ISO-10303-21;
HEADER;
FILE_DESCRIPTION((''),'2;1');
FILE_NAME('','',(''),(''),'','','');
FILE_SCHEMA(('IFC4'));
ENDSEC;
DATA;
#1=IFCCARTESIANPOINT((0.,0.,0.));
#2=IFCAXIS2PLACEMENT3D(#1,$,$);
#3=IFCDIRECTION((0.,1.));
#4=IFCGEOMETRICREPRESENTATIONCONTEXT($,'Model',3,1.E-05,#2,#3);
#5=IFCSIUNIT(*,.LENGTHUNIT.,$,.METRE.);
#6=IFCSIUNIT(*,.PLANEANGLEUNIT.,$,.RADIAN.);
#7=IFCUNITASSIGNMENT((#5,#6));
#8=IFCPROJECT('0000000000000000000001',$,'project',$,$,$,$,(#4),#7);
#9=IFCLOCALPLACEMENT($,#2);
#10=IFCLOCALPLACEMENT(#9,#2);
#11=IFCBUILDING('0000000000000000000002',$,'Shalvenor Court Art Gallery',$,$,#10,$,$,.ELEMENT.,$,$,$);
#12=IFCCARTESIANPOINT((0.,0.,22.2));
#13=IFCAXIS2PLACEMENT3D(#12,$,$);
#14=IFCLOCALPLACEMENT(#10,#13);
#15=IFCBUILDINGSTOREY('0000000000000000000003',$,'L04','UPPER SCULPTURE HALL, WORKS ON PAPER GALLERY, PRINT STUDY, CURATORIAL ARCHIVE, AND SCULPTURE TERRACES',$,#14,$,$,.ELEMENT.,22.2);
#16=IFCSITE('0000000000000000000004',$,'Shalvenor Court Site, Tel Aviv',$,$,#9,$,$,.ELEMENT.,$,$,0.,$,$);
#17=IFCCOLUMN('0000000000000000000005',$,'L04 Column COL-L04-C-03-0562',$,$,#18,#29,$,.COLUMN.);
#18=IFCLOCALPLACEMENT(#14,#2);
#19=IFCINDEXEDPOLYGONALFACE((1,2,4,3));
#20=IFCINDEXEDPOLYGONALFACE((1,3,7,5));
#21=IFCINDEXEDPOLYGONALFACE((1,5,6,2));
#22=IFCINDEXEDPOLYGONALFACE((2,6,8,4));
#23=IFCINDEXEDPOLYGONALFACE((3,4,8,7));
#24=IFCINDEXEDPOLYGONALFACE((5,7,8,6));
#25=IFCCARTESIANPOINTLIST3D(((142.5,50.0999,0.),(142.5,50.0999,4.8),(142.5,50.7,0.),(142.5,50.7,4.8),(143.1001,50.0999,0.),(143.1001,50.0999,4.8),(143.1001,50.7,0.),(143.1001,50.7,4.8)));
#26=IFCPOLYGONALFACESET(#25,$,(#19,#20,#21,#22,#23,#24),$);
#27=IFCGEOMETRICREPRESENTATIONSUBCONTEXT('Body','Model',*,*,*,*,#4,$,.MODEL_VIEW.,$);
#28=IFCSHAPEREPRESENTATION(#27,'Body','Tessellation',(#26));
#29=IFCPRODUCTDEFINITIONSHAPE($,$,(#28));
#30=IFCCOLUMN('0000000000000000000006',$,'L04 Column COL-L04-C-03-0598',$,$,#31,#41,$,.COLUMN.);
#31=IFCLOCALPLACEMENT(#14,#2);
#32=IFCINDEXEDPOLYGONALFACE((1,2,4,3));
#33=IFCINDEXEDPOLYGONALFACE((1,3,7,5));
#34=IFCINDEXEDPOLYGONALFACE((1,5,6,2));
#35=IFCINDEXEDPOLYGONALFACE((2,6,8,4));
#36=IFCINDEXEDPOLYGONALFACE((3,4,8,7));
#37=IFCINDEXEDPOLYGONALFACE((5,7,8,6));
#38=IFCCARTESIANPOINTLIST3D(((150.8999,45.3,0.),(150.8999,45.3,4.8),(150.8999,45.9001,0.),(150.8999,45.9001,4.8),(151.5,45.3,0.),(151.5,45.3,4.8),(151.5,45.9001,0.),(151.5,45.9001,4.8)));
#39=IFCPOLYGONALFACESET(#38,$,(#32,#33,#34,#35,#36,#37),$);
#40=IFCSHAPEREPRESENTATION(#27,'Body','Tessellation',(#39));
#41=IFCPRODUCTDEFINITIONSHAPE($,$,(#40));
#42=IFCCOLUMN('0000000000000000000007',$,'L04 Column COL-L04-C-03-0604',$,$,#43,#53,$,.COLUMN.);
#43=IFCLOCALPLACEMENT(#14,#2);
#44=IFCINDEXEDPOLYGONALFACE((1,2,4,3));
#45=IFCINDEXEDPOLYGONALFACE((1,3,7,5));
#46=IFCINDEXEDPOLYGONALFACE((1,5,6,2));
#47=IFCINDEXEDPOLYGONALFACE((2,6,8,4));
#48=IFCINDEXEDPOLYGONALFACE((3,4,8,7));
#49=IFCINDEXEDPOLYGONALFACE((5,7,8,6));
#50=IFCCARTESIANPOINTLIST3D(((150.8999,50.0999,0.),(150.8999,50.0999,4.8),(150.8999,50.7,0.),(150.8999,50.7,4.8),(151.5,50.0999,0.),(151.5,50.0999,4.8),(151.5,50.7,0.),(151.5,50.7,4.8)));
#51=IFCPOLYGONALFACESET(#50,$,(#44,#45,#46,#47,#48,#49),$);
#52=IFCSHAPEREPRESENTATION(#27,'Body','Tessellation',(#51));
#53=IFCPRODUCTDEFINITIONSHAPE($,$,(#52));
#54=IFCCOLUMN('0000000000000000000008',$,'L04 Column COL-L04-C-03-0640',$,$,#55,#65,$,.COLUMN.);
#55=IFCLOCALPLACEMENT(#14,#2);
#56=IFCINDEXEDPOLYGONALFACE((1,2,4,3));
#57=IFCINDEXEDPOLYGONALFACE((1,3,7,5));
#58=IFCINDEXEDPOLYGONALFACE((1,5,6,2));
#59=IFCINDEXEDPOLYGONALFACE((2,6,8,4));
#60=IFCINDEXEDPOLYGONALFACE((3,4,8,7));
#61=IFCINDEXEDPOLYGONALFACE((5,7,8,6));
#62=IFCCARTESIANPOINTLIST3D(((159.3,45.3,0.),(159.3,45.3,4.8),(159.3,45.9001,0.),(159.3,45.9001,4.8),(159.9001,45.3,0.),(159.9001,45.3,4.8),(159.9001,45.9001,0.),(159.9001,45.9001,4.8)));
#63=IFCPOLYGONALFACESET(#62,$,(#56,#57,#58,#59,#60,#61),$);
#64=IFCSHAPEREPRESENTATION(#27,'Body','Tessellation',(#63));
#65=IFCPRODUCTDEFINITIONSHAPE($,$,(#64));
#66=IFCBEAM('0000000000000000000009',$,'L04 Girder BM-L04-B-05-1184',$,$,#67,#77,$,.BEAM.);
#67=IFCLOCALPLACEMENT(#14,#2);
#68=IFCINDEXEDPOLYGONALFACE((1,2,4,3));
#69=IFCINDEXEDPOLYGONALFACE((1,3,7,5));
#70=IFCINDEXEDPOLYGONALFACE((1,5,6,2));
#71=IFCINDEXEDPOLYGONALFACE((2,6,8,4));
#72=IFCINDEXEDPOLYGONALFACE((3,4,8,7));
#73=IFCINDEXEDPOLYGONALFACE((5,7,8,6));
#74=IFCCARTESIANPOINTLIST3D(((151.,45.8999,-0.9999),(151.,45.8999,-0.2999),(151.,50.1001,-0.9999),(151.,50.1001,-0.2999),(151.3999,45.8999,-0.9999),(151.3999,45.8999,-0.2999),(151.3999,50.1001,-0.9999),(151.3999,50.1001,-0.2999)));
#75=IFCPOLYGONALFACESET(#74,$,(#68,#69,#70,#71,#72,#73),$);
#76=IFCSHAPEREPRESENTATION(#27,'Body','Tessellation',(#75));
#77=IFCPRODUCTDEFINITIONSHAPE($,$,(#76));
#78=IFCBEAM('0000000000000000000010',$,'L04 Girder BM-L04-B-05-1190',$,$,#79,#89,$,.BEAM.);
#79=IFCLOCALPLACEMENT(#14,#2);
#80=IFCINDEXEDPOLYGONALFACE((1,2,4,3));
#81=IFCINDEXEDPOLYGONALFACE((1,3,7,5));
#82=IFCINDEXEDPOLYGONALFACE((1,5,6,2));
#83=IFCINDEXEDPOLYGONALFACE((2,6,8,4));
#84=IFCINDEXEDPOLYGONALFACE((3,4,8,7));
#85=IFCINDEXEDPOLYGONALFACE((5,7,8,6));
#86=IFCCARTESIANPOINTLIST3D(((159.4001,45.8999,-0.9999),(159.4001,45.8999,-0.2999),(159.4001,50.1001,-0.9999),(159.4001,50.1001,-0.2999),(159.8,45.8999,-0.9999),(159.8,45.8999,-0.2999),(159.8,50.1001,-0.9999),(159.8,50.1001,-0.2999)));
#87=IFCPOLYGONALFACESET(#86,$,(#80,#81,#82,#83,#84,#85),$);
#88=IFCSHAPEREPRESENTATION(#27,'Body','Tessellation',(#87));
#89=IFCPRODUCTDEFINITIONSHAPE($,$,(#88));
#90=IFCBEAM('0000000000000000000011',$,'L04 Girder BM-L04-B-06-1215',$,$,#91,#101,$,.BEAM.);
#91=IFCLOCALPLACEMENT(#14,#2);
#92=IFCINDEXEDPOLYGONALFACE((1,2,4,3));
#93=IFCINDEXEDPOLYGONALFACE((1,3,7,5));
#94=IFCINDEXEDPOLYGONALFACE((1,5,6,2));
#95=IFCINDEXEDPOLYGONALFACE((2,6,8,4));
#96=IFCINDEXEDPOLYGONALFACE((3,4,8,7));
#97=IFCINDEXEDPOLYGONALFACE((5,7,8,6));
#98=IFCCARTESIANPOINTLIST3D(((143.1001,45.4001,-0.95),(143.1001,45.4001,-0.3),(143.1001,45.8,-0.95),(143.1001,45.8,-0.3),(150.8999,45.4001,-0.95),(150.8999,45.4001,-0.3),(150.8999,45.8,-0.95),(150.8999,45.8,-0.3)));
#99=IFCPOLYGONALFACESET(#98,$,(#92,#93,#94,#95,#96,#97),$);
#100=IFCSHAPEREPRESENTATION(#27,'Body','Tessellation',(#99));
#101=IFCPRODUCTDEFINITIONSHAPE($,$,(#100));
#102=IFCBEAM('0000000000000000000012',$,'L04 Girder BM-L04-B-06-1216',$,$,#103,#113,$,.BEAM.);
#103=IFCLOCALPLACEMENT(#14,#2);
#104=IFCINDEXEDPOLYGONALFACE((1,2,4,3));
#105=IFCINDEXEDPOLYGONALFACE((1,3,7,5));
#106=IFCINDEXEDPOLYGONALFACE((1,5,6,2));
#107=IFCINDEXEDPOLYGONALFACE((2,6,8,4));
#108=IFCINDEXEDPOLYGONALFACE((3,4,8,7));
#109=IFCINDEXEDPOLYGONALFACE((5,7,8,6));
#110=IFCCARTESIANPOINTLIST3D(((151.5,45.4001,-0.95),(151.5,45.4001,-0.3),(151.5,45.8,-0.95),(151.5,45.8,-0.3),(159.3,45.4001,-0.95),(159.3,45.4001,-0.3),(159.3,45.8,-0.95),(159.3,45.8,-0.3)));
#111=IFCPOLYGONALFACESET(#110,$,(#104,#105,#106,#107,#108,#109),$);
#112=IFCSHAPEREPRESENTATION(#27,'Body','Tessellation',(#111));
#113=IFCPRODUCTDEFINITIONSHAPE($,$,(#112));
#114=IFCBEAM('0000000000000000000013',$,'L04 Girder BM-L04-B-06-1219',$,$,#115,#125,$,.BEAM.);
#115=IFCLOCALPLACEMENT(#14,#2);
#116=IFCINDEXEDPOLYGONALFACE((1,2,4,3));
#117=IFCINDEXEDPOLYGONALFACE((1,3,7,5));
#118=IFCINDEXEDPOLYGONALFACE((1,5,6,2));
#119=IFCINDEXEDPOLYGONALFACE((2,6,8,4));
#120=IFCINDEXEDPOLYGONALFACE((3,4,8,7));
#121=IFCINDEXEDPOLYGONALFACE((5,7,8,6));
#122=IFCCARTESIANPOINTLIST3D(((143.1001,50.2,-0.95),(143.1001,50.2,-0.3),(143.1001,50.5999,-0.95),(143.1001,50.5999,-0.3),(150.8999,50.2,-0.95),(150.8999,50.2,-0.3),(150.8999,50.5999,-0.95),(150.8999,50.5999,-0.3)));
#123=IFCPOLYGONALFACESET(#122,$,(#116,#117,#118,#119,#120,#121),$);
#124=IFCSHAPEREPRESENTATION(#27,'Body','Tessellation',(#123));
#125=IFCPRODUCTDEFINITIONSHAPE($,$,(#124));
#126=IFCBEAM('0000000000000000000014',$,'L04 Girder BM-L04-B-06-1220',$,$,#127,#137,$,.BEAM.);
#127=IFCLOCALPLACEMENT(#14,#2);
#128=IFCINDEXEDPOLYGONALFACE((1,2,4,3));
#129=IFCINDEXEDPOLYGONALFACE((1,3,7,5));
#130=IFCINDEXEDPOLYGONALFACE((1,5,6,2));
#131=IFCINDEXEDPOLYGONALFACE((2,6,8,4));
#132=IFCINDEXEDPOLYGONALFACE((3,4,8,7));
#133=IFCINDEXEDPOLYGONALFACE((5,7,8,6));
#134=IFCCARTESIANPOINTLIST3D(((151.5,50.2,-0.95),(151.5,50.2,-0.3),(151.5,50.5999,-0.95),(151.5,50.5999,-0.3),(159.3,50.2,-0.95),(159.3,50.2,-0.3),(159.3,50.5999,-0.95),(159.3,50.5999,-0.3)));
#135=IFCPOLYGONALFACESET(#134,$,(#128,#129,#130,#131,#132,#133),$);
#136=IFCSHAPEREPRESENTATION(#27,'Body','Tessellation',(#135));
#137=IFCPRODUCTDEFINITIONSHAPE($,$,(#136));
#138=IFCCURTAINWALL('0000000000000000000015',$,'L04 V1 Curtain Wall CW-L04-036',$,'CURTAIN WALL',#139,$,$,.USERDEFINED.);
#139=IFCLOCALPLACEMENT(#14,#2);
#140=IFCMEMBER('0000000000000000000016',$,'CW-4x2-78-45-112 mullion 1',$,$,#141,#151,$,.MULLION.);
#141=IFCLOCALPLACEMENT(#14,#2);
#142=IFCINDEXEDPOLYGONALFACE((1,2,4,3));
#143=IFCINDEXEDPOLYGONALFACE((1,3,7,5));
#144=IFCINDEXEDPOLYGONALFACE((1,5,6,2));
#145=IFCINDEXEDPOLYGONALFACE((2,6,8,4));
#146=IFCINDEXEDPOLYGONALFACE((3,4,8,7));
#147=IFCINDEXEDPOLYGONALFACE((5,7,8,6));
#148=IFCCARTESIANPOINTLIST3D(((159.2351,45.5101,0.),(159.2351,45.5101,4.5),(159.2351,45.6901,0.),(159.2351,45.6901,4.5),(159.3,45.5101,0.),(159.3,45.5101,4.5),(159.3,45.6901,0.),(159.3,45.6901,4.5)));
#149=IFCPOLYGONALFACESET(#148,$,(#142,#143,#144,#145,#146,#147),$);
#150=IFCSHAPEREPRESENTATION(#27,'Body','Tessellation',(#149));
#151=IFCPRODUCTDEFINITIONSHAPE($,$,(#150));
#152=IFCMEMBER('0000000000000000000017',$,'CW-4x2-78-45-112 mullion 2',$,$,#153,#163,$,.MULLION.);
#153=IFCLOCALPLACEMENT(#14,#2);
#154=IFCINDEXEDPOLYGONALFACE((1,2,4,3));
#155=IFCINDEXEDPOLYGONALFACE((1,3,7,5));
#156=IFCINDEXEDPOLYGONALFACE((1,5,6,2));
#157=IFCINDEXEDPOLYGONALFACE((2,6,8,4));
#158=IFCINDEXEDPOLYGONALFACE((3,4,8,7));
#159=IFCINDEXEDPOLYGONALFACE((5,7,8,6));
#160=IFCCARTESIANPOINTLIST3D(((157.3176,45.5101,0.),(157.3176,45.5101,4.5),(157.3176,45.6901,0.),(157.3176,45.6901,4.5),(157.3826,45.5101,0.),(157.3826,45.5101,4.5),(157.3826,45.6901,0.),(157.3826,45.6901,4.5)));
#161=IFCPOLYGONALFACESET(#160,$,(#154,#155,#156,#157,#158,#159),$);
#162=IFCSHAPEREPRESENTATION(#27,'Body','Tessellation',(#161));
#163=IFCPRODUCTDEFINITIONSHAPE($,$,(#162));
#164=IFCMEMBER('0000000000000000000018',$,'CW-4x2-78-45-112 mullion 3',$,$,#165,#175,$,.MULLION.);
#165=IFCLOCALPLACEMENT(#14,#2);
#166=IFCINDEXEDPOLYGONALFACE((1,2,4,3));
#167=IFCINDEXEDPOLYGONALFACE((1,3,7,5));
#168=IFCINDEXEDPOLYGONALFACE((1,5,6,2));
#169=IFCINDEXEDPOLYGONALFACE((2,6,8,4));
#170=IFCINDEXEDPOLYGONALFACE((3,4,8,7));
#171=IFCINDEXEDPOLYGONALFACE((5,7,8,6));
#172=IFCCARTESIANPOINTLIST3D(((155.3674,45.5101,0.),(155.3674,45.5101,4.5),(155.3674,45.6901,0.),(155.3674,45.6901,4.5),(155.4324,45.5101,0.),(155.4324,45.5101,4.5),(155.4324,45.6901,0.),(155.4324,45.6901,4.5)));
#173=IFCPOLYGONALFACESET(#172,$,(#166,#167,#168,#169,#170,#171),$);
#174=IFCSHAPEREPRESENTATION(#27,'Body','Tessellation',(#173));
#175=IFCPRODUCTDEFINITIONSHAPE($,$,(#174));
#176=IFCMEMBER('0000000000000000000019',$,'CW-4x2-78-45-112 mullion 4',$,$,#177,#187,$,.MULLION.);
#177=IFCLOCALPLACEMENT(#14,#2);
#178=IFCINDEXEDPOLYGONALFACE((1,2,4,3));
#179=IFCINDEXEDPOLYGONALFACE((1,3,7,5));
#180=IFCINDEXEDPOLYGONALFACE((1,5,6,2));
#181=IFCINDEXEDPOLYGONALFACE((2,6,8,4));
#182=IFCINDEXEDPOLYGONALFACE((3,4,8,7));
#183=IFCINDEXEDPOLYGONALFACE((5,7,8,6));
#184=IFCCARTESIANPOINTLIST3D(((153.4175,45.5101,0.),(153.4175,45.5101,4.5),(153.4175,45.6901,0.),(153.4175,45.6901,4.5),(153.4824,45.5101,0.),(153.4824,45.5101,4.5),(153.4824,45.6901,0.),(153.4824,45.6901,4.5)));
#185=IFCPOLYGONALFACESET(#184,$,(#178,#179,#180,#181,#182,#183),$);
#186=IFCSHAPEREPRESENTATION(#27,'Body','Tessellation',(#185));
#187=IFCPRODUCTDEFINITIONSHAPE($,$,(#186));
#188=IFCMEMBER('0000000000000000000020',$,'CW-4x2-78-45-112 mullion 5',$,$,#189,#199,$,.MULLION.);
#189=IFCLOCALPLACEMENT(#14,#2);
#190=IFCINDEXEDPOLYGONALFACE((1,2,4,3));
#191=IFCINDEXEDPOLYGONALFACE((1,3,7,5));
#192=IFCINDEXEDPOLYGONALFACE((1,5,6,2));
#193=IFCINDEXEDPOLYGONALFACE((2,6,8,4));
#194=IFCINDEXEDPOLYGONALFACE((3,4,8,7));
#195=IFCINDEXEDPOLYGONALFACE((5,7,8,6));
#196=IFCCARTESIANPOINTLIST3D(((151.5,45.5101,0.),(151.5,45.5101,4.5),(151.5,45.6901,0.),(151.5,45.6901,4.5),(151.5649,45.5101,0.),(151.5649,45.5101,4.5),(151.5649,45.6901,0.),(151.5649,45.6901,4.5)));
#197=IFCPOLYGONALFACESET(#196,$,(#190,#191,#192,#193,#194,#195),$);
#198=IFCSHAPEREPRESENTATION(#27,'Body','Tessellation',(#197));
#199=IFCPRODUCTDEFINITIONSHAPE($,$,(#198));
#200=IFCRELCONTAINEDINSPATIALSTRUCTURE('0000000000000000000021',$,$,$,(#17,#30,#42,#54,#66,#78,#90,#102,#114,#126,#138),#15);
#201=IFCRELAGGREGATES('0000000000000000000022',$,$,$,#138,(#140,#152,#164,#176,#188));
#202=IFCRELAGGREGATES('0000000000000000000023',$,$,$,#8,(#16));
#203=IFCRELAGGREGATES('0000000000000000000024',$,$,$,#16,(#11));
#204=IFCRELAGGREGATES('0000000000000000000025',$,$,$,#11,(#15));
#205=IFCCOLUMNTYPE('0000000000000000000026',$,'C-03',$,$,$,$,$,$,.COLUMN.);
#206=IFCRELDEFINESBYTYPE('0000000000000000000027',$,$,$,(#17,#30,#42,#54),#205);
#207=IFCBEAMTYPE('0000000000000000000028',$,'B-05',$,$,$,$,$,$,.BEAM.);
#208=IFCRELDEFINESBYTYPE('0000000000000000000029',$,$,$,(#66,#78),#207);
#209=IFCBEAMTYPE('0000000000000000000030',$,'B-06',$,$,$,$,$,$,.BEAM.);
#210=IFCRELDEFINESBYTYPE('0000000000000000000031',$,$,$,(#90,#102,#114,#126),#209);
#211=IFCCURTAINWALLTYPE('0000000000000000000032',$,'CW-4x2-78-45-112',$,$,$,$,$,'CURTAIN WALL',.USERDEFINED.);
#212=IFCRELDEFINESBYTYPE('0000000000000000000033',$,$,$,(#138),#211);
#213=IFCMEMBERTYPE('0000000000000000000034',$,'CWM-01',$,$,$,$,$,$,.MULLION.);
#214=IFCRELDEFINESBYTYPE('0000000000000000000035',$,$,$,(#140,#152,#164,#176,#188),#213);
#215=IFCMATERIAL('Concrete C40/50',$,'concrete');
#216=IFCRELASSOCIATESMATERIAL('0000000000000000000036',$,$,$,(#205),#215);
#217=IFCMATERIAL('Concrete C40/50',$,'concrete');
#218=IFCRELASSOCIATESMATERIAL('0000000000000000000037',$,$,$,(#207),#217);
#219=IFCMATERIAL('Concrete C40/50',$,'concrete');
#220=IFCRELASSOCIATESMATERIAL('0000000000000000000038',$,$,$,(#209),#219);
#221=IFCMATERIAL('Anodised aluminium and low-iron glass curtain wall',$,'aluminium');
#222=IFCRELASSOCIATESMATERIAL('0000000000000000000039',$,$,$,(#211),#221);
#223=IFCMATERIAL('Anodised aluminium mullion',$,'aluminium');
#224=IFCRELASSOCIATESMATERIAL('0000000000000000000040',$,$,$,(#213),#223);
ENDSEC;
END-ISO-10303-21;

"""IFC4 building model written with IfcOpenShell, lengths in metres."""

from ifc_helpers import new_model, si_unit, direction, frame, origin, origin_2d, place, context, subcontext, project, spatial, rectangle, extrude, material, material_profile, profile_set, type_object, element, aggregate, save


model = new_model("IFC4")

# Units and contexts
model_context = context("Model", 3, precision=1e-05, world=origin(), true_north=direction((0.0, 1.0)))
body_context = subcontext(model_context, "Body", "Model", "MODEL_VIEW")
ifc_project = project(units=[si_unit("LENGTHUNIT", "METRE"), si_unit("PLANEANGLEUNIT", "RADIAN")], contexts=[model_context])

# Site, building, storey
site_placement = place(None, origin())
site = spatial("IfcSite", under=ifc_project, at=site_placement, Name="Shalvenor Court Site, Tel Aviv", CompositionType="ELEMENT", RefElevation=0.0)
building_placement = place(site_placement, origin())
building = spatial("IfcBuilding", under=site, at=building_placement, Name="Shalvenor Court Art Gallery", CompositionType="ELEMENT")
storey_placement = place(building_placement, frame((0.0, 0.0, 22.2)))
storey = spatial("IfcBuildingStorey", under=building, at=storey_placement, Name="L04", Description="UPPER SCULPTURE HALL, WORKS ON PAPER GALLERY, PRINT STUDY, CURATORIAL ARCHIVE, AND SCULPTURE TERRACES", CompositionType="ELEMENT", Elevation=22.2)

# Columns
ifc_material_1 = material(Name="Concrete C40/50", Category="concrete")
ifc_material_profile_1 = material_profile(ifc_material_1, rectangle(XDim=0.6001, YDim=0.6001, at=origin_2d()), Name="RC 600x600")
ifc_profile_set_1 = profile_set([ifc_material_profile_1], Name="Concrete C40/50")
column_type = type_object("IfcColumnType", Name="C-03", PredefinedType="COLUMN", material=ifc_profile_set_1)
for number, where, z_axis, x_axis, name in (
    (1, (142.8, 50.3999, 0.0), (0.0, 0.0, 1.0), (1.0, 0.0, 0.0), "L04 Column COL-L04-C-03-0562"),
    (2, (151.2, 45.6001, 0.0), (0.0, 0.0, 1.0), (1.0, 0.0, 0.0), "L04 Column COL-L04-C-03-0598"),
    (3, (151.2, 50.3999, 0.0), (0.0, 0.0, 1.0), (1.0, 0.0, 0.0), "L04 Column COL-L04-C-03-0604"),
    (4, (159.6001, 45.6001, 0.0), (0.0, 0.0, 1.0), (1.0, 0.0, 0.0), "L04 Column COL-L04-C-03-0640"),
):
    element("IfcColumn", number, at=place(storey_placement, frame(where, z_axis=z_axis, x_axis=x_axis)), inside=storey, type_object=column_type, Name=name, PredefinedType="COLUMN", context=body_context, shape_type="SweptSolid", body=[
        extrude(rectangle(XDim=0.6001, YDim=0.6001, at=origin_2d()), origin(), (0.0, 0.0, 1.0), 4.8),
    ])

# Beams
ifc_material_2 = material(Name="Concrete C40/50", Category="concrete")
ifc_material_profile_2 = material_profile(ifc_material_2, rectangle(XDim=0.3999, YDim=0.7, at=origin_2d()), Name="RC 400x700")
ifc_profile_set_2 = profile_set([ifc_material_profile_2], Name="Concrete C40/50")
beam_type_1 = type_object("IfcBeamType", Name="B-05", PredefinedType="BEAM", material=ifc_profile_set_2)
for number, where, z_axis, x_axis, name in (
    (5, (151.2, 45.8999, -0.6499), (0.0, 1.0, 0.0), (-1.0, 0.0, 0.0), "L04 Girder BM-L04-B-05-1184"),
    (6, (159.6001, 45.8999, -0.6499), (0.0, 1.0, 0.0), (-1.0, 0.0, 0.0), "L04 Girder BM-L04-B-05-1190"),
):
    element("IfcBeam", number, at=place(storey_placement, frame(where, z_axis=z_axis, x_axis=x_axis)), inside=storey, type_object=beam_type_1, Name=name, PredefinedType="BEAM", context=body_context, shape_type="SweptSolid", body=[
        extrude(rectangle(XDim=0.3999, YDim=0.7, at=origin_2d()), origin(), (0.0, 0.0, 1.0), 4.2002),
    ])
ifc_material_3 = material(Name="Concrete C40/50", Category="concrete")
ifc_material_profile_3 = material_profile(ifc_material_3, rectangle(XDim=0.3999, YDim=0.6499, at=origin_2d()), Name="RC 400x650")
ifc_profile_set_3 = profile_set([ifc_material_profile_3], Name="Concrete C40/50")
beam_type_2 = type_object("IfcBeamType", Name="B-06", PredefinedType="BEAM", material=ifc_profile_set_3)
beam_1_placement = place(storey_placement, frame((143.1001, 45.6001, -0.625), z_axis=(1.0, 0.0, 0.0), x_axis=(0.0, 1.0, 0.0)))
element("IfcBeam", 7, at=beam_1_placement, inside=storey, type_object=beam_type_2, Name="L04 Girder BM-L04-B-06-1215", PredefinedType="BEAM", context=body_context, shape_type="SweptSolid", body=[
    extrude(rectangle(XDim=0.3999, YDim=0.6499, at=origin_2d()), origin(), (0.0, 0.0, 1.0), 7.7998),
])
beam_2_placement = place(storey_placement, frame((151.5, 45.6001, -0.625), z_axis=(1.0, 0.0, 0.0), x_axis=(0.0, 1.0, 0.0)))
element("IfcBeam", 8, at=beam_2_placement, inside=storey, type_object=beam_type_2, Name="L04 Girder BM-L04-B-06-1216", PredefinedType="BEAM", context=body_context, shape_type="SweptSolid", body=[
    extrude(rectangle(XDim=0.3999, YDim=0.6499, at=origin_2d()), origin(), (0.0, 0.0, 1.0), 7.8),
])
beam_3_placement = place(storey_placement, frame((143.1001, 50.3999, -0.625), z_axis=(1.0, 0.0, 0.0), x_axis=(0.0, 1.0, 0.0)))
element("IfcBeam", 9, at=beam_3_placement, inside=storey, type_object=beam_type_2, Name="L04 Girder BM-L04-B-06-1219", PredefinedType="BEAM", context=body_context, shape_type="SweptSolid", body=[
    extrude(rectangle(XDim=0.3999, YDim=0.6499, at=origin_2d()), origin(), (0.0, 0.0, 1.0), 7.7998),
])
beam_4_placement = place(storey_placement, frame((151.5, 50.3999, -0.625), z_axis=(1.0, 0.0, 0.0), x_axis=(0.0, 1.0, 0.0)))
element("IfcBeam", 10, at=beam_4_placement, inside=storey, type_object=beam_type_2, Name="L04 Girder BM-L04-B-06-1220", PredefinedType="BEAM", context=body_context, shape_type="SweptSolid", body=[
    extrude(rectangle(XDim=0.3999, YDim=0.6499, at=origin_2d()), origin(), (0.0, 0.0, 1.0), 7.8),
])

# Curtain wall, members
ifc_material_4 = material(Name="Anodised aluminium and low-iron glass curtain wall", Category="aluminium")
curtain_wall_type = type_object("IfcCurtainWallType", Name="CW-4x2-78-45-112", ElementType="CURTAIN WALL", PredefinedType="USERDEFINED", material=ifc_material_4)
curtain_wall_placement = place(storey_placement, origin())
curtain_wall = element("IfcCurtainWall", 11, at=curtain_wall_placement, inside=storey, type_object=curtain_wall_type, Name="L04 V1 Curtain Wall CW-L04-036", ObjectType="CURTAIN WALL", PredefinedType="USERDEFINED")
ifc_material_5 = material(Name="Anodised aluminium mullion", Category="aluminium")
ifc_material_profile_4 = material_profile(ifc_material_5, rectangle(XDim=0.0649, YDim=0.1799, at=origin_2d()), Name="CWM-01")
ifc_profile_set_4 = profile_set([ifc_material_profile_4], Name="Anodised aluminium mullion")
member_type_1 = type_object("IfcMemberType", Name="CWM-01", PredefinedType="MULLION", material=ifc_profile_set_4)
member_1_placement = place(storey_placement, frame((159.2676, 45.6001, 0.0), z_axis=(0.0, 0.0, 1.0), x_axis=(-1.0, 0.0, 0.0)))
member_1 = element("IfcMember", 12, at=member_1_placement, type_object=member_type_1, Name="CW-4x2-78-45-112 mullion 1", PredefinedType="MULLION", context=body_context, shape_type="SweptSolid", body=[
    extrude(rectangle(XDim=0.0649, YDim=0.1799, at=origin_2d()), origin(), (0.0, 0.0, 1.0), 4.5),
])
member_2_placement = place(storey_placement, frame((157.3501, 45.6001, 0.0), z_axis=(0.0, 0.0, 1.0), x_axis=(-1.0, 0.0, 0.0)))
member_2 = element("IfcMember", 13, at=member_2_placement, type_object=member_type_1, Name="CW-4x2-78-45-112 mullion 2", PredefinedType="MULLION", context=body_context, shape_type="SweptSolid", body=[
    extrude(rectangle(XDim=0.0649, YDim=0.1799, at=origin_2d()), origin(), (0.0, 0.0, 1.0), 4.5),
])
member_3_placement = place(storey_placement, frame((155.3999, 45.6001, 0.0), z_axis=(0.0, 0.0, 1.0), x_axis=(-1.0, 0.0, 0.0)))
member_3 = element("IfcMember", 14, at=member_3_placement, type_object=member_type_1, Name="CW-4x2-78-45-112 mullion 3", PredefinedType="MULLION", context=body_context, shape_type="SweptSolid", body=[
    extrude(rectangle(XDim=0.0649, YDim=0.1799, at=origin_2d()), origin(), (0.0, 0.0, 1.0), 4.5),
])
member_4_placement = place(storey_placement, frame((153.45, 45.6001, 0.0), z_axis=(0.0, 0.0, 1.0), x_axis=(-1.0, 0.0, 0.0)))
member_4 = element("IfcMember", 15, at=member_4_placement, type_object=member_type_1, Name="CW-4x2-78-45-112 mullion 4", PredefinedType="MULLION", context=body_context, shape_type="SweptSolid", body=[
    extrude(rectangle(XDim=0.0649, YDim=0.1799, at=origin_2d()), origin(), (0.0, 0.0, 1.0), 4.5),
])
member_5_placement = place(storey_placement, frame((151.5325, 45.6001, 0.0), z_axis=(0.0, 0.0, 1.0), x_axis=(-1.0, 0.0, 0.0)))
member_5 = element("IfcMember", 16, at=member_5_placement, type_object=member_type_1, Name="CW-4x2-78-45-112 mullion 5", PredefinedType="MULLION", context=body_context, shape_type="SweptSolid", body=[
    extrude(rectangle(XDim=0.0649, YDim=0.1799, at=origin_2d()), origin(), (0.0, 0.0, 1.0), 4.5),
])

aggregate(curtain_wall, [member_1, member_2, member_3, member_4, member_5])

save(model, "model.ifc")
